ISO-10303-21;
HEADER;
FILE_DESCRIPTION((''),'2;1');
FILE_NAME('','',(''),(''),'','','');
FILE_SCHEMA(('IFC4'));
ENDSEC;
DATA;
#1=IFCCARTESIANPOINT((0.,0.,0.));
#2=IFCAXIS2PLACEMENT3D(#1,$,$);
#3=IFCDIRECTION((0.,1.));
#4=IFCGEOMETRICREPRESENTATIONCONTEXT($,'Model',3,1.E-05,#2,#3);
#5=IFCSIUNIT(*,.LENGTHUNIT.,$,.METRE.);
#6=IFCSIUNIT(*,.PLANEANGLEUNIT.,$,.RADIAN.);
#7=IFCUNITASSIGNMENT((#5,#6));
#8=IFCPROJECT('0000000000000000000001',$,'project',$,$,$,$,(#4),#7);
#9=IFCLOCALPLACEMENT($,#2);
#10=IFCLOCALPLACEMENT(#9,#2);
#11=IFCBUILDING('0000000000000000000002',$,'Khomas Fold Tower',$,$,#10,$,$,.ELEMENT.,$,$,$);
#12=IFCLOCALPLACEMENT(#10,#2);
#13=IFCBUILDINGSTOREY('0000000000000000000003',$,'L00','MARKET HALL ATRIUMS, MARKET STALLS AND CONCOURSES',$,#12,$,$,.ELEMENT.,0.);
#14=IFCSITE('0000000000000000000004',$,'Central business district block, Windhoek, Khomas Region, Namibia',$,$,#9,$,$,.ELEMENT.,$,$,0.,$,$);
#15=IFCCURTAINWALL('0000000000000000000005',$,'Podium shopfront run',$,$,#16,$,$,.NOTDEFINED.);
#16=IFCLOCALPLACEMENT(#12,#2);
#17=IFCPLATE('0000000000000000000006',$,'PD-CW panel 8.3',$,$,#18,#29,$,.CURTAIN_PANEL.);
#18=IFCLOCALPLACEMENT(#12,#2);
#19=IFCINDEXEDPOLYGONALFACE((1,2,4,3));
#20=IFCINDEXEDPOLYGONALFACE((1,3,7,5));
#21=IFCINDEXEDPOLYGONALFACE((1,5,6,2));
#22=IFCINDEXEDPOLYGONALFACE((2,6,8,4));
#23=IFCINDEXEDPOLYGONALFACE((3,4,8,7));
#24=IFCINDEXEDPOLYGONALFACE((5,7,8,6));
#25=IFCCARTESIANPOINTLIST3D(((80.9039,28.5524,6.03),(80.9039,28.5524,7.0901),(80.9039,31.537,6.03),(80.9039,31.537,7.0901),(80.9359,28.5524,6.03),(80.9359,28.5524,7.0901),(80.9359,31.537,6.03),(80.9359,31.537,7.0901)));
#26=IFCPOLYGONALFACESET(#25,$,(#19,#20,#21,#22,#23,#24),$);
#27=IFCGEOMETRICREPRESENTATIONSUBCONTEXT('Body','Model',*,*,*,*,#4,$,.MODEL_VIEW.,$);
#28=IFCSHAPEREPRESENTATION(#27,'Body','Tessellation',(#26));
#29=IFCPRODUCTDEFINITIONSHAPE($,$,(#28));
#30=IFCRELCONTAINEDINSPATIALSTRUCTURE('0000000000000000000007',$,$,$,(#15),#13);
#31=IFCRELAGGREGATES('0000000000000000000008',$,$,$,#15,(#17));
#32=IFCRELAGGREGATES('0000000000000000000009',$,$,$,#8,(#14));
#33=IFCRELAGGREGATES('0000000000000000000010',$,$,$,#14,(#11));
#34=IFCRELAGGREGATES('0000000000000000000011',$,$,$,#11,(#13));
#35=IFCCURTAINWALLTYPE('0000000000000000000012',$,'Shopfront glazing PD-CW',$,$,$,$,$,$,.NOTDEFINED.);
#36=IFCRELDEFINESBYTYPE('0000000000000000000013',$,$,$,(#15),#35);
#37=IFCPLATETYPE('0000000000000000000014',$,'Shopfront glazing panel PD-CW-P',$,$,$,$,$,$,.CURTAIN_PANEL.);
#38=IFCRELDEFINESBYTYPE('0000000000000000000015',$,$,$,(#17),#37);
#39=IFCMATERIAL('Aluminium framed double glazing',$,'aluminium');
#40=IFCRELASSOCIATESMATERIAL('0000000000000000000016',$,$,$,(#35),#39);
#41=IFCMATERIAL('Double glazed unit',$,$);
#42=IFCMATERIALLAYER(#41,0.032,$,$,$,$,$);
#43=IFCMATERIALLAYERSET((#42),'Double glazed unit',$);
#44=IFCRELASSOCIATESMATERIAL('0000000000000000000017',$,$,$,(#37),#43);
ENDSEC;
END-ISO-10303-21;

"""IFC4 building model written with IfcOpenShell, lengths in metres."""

from ifc_helpers import new_model, si_unit, direction, frame, origin, origin_2d, place, context, subcontext, project, spatial, rectangle, extrude, source, transform, mapped, material, layer, layer_set, type_object, element, aggregate, save


model = new_model("IFC4")

# Units and contexts
model_context = context("Model", 3, precision=1e-05, world=origin(), true_north=direction((0.0, 1.0)))
body_context = subcontext(model_context, "Body", "Model", "MODEL_VIEW")
ifc_project = project(units=[si_unit("LENGTHUNIT", "METRE"), si_unit("PLANEANGLEUNIT", "RADIAN")], contexts=[model_context])

# Site, building, storey
site_placement = place(None, origin())
site = spatial("IfcSite", under=ifc_project, at=site_placement, Name="Central business district block, Windhoek, Khomas Region, Namibia", CompositionType="ELEMENT", RefElevation=0.0)
building_placement = place(site_placement, origin())
building = spatial("IfcBuilding", under=site, at=building_placement, Name="Khomas Fold Tower", CompositionType="ELEMENT")
storey_placement = place(building_placement, origin())
storey = spatial("IfcBuildingStorey", under=building, at=storey_placement, Name="L00", Description="MARKET HALL ATRIUMS, MARKET STALLS AND CONCOURSES", CompositionType="ELEMENT", Elevation=0.0)

# Curtain wall, plate
ifc_material_1 = material(Name="Aluminium framed double glazing", Category="aluminium")
curtain_wall_type = type_object("IfcCurtainWallType", Name="Shopfront glazing PD-CW", PredefinedType="NOTDEFINED", material=ifc_material_1)
curtain_wall_placement = place(storey_placement, origin())
curtain_wall = element("IfcCurtainWall", 1, at=curtain_wall_placement, inside=storey, type_object=curtain_wall_type, Name="Podium shopfront run", PredefinedType="NOTDEFINED")
ifc_material_2 = material(Name="Double glazed unit")
ifc_layer = layer(ifc_material_2, 0.032)
ifc_layer_set = layer_set([ifc_layer], Name="Double glazed unit")
plate_type = type_object("IfcPlateType", Name="Shopfront glazing panel PD-CW-P", PredefinedType="CURTAIN_PANEL", material=ifc_layer_set)
shared_shape_1 = source(origin(), body_context, "Body", "SweptSolid", [
    extrude(rectangle(XDim=2.9846, YDim=0.032, at=origin_2d()), origin(), (0.0, 0.0, 1.0), 1.0601),
])
plate_1_placement = place(storey_placement, frame((80.9199, 30.0447, 6.03), z_axis=(0.0, 0.0, 1.0), x_axis=(0.0, 1.0, 0.0)))
plate_1 = element("IfcPlate", 2, at=plate_1_placement, type_object=plate_type, Name="PD-CW panel 8.3", PredefinedType="CURTAIN_PANEL", context=body_context, shape_type="MappedRepresentation", body=[
    mapped(shared_shape_1, transform((0.0, 0.0, 0.0))),
])
aggregate(curtain_wall, [plate_1])

save(model, "model.ifc")
